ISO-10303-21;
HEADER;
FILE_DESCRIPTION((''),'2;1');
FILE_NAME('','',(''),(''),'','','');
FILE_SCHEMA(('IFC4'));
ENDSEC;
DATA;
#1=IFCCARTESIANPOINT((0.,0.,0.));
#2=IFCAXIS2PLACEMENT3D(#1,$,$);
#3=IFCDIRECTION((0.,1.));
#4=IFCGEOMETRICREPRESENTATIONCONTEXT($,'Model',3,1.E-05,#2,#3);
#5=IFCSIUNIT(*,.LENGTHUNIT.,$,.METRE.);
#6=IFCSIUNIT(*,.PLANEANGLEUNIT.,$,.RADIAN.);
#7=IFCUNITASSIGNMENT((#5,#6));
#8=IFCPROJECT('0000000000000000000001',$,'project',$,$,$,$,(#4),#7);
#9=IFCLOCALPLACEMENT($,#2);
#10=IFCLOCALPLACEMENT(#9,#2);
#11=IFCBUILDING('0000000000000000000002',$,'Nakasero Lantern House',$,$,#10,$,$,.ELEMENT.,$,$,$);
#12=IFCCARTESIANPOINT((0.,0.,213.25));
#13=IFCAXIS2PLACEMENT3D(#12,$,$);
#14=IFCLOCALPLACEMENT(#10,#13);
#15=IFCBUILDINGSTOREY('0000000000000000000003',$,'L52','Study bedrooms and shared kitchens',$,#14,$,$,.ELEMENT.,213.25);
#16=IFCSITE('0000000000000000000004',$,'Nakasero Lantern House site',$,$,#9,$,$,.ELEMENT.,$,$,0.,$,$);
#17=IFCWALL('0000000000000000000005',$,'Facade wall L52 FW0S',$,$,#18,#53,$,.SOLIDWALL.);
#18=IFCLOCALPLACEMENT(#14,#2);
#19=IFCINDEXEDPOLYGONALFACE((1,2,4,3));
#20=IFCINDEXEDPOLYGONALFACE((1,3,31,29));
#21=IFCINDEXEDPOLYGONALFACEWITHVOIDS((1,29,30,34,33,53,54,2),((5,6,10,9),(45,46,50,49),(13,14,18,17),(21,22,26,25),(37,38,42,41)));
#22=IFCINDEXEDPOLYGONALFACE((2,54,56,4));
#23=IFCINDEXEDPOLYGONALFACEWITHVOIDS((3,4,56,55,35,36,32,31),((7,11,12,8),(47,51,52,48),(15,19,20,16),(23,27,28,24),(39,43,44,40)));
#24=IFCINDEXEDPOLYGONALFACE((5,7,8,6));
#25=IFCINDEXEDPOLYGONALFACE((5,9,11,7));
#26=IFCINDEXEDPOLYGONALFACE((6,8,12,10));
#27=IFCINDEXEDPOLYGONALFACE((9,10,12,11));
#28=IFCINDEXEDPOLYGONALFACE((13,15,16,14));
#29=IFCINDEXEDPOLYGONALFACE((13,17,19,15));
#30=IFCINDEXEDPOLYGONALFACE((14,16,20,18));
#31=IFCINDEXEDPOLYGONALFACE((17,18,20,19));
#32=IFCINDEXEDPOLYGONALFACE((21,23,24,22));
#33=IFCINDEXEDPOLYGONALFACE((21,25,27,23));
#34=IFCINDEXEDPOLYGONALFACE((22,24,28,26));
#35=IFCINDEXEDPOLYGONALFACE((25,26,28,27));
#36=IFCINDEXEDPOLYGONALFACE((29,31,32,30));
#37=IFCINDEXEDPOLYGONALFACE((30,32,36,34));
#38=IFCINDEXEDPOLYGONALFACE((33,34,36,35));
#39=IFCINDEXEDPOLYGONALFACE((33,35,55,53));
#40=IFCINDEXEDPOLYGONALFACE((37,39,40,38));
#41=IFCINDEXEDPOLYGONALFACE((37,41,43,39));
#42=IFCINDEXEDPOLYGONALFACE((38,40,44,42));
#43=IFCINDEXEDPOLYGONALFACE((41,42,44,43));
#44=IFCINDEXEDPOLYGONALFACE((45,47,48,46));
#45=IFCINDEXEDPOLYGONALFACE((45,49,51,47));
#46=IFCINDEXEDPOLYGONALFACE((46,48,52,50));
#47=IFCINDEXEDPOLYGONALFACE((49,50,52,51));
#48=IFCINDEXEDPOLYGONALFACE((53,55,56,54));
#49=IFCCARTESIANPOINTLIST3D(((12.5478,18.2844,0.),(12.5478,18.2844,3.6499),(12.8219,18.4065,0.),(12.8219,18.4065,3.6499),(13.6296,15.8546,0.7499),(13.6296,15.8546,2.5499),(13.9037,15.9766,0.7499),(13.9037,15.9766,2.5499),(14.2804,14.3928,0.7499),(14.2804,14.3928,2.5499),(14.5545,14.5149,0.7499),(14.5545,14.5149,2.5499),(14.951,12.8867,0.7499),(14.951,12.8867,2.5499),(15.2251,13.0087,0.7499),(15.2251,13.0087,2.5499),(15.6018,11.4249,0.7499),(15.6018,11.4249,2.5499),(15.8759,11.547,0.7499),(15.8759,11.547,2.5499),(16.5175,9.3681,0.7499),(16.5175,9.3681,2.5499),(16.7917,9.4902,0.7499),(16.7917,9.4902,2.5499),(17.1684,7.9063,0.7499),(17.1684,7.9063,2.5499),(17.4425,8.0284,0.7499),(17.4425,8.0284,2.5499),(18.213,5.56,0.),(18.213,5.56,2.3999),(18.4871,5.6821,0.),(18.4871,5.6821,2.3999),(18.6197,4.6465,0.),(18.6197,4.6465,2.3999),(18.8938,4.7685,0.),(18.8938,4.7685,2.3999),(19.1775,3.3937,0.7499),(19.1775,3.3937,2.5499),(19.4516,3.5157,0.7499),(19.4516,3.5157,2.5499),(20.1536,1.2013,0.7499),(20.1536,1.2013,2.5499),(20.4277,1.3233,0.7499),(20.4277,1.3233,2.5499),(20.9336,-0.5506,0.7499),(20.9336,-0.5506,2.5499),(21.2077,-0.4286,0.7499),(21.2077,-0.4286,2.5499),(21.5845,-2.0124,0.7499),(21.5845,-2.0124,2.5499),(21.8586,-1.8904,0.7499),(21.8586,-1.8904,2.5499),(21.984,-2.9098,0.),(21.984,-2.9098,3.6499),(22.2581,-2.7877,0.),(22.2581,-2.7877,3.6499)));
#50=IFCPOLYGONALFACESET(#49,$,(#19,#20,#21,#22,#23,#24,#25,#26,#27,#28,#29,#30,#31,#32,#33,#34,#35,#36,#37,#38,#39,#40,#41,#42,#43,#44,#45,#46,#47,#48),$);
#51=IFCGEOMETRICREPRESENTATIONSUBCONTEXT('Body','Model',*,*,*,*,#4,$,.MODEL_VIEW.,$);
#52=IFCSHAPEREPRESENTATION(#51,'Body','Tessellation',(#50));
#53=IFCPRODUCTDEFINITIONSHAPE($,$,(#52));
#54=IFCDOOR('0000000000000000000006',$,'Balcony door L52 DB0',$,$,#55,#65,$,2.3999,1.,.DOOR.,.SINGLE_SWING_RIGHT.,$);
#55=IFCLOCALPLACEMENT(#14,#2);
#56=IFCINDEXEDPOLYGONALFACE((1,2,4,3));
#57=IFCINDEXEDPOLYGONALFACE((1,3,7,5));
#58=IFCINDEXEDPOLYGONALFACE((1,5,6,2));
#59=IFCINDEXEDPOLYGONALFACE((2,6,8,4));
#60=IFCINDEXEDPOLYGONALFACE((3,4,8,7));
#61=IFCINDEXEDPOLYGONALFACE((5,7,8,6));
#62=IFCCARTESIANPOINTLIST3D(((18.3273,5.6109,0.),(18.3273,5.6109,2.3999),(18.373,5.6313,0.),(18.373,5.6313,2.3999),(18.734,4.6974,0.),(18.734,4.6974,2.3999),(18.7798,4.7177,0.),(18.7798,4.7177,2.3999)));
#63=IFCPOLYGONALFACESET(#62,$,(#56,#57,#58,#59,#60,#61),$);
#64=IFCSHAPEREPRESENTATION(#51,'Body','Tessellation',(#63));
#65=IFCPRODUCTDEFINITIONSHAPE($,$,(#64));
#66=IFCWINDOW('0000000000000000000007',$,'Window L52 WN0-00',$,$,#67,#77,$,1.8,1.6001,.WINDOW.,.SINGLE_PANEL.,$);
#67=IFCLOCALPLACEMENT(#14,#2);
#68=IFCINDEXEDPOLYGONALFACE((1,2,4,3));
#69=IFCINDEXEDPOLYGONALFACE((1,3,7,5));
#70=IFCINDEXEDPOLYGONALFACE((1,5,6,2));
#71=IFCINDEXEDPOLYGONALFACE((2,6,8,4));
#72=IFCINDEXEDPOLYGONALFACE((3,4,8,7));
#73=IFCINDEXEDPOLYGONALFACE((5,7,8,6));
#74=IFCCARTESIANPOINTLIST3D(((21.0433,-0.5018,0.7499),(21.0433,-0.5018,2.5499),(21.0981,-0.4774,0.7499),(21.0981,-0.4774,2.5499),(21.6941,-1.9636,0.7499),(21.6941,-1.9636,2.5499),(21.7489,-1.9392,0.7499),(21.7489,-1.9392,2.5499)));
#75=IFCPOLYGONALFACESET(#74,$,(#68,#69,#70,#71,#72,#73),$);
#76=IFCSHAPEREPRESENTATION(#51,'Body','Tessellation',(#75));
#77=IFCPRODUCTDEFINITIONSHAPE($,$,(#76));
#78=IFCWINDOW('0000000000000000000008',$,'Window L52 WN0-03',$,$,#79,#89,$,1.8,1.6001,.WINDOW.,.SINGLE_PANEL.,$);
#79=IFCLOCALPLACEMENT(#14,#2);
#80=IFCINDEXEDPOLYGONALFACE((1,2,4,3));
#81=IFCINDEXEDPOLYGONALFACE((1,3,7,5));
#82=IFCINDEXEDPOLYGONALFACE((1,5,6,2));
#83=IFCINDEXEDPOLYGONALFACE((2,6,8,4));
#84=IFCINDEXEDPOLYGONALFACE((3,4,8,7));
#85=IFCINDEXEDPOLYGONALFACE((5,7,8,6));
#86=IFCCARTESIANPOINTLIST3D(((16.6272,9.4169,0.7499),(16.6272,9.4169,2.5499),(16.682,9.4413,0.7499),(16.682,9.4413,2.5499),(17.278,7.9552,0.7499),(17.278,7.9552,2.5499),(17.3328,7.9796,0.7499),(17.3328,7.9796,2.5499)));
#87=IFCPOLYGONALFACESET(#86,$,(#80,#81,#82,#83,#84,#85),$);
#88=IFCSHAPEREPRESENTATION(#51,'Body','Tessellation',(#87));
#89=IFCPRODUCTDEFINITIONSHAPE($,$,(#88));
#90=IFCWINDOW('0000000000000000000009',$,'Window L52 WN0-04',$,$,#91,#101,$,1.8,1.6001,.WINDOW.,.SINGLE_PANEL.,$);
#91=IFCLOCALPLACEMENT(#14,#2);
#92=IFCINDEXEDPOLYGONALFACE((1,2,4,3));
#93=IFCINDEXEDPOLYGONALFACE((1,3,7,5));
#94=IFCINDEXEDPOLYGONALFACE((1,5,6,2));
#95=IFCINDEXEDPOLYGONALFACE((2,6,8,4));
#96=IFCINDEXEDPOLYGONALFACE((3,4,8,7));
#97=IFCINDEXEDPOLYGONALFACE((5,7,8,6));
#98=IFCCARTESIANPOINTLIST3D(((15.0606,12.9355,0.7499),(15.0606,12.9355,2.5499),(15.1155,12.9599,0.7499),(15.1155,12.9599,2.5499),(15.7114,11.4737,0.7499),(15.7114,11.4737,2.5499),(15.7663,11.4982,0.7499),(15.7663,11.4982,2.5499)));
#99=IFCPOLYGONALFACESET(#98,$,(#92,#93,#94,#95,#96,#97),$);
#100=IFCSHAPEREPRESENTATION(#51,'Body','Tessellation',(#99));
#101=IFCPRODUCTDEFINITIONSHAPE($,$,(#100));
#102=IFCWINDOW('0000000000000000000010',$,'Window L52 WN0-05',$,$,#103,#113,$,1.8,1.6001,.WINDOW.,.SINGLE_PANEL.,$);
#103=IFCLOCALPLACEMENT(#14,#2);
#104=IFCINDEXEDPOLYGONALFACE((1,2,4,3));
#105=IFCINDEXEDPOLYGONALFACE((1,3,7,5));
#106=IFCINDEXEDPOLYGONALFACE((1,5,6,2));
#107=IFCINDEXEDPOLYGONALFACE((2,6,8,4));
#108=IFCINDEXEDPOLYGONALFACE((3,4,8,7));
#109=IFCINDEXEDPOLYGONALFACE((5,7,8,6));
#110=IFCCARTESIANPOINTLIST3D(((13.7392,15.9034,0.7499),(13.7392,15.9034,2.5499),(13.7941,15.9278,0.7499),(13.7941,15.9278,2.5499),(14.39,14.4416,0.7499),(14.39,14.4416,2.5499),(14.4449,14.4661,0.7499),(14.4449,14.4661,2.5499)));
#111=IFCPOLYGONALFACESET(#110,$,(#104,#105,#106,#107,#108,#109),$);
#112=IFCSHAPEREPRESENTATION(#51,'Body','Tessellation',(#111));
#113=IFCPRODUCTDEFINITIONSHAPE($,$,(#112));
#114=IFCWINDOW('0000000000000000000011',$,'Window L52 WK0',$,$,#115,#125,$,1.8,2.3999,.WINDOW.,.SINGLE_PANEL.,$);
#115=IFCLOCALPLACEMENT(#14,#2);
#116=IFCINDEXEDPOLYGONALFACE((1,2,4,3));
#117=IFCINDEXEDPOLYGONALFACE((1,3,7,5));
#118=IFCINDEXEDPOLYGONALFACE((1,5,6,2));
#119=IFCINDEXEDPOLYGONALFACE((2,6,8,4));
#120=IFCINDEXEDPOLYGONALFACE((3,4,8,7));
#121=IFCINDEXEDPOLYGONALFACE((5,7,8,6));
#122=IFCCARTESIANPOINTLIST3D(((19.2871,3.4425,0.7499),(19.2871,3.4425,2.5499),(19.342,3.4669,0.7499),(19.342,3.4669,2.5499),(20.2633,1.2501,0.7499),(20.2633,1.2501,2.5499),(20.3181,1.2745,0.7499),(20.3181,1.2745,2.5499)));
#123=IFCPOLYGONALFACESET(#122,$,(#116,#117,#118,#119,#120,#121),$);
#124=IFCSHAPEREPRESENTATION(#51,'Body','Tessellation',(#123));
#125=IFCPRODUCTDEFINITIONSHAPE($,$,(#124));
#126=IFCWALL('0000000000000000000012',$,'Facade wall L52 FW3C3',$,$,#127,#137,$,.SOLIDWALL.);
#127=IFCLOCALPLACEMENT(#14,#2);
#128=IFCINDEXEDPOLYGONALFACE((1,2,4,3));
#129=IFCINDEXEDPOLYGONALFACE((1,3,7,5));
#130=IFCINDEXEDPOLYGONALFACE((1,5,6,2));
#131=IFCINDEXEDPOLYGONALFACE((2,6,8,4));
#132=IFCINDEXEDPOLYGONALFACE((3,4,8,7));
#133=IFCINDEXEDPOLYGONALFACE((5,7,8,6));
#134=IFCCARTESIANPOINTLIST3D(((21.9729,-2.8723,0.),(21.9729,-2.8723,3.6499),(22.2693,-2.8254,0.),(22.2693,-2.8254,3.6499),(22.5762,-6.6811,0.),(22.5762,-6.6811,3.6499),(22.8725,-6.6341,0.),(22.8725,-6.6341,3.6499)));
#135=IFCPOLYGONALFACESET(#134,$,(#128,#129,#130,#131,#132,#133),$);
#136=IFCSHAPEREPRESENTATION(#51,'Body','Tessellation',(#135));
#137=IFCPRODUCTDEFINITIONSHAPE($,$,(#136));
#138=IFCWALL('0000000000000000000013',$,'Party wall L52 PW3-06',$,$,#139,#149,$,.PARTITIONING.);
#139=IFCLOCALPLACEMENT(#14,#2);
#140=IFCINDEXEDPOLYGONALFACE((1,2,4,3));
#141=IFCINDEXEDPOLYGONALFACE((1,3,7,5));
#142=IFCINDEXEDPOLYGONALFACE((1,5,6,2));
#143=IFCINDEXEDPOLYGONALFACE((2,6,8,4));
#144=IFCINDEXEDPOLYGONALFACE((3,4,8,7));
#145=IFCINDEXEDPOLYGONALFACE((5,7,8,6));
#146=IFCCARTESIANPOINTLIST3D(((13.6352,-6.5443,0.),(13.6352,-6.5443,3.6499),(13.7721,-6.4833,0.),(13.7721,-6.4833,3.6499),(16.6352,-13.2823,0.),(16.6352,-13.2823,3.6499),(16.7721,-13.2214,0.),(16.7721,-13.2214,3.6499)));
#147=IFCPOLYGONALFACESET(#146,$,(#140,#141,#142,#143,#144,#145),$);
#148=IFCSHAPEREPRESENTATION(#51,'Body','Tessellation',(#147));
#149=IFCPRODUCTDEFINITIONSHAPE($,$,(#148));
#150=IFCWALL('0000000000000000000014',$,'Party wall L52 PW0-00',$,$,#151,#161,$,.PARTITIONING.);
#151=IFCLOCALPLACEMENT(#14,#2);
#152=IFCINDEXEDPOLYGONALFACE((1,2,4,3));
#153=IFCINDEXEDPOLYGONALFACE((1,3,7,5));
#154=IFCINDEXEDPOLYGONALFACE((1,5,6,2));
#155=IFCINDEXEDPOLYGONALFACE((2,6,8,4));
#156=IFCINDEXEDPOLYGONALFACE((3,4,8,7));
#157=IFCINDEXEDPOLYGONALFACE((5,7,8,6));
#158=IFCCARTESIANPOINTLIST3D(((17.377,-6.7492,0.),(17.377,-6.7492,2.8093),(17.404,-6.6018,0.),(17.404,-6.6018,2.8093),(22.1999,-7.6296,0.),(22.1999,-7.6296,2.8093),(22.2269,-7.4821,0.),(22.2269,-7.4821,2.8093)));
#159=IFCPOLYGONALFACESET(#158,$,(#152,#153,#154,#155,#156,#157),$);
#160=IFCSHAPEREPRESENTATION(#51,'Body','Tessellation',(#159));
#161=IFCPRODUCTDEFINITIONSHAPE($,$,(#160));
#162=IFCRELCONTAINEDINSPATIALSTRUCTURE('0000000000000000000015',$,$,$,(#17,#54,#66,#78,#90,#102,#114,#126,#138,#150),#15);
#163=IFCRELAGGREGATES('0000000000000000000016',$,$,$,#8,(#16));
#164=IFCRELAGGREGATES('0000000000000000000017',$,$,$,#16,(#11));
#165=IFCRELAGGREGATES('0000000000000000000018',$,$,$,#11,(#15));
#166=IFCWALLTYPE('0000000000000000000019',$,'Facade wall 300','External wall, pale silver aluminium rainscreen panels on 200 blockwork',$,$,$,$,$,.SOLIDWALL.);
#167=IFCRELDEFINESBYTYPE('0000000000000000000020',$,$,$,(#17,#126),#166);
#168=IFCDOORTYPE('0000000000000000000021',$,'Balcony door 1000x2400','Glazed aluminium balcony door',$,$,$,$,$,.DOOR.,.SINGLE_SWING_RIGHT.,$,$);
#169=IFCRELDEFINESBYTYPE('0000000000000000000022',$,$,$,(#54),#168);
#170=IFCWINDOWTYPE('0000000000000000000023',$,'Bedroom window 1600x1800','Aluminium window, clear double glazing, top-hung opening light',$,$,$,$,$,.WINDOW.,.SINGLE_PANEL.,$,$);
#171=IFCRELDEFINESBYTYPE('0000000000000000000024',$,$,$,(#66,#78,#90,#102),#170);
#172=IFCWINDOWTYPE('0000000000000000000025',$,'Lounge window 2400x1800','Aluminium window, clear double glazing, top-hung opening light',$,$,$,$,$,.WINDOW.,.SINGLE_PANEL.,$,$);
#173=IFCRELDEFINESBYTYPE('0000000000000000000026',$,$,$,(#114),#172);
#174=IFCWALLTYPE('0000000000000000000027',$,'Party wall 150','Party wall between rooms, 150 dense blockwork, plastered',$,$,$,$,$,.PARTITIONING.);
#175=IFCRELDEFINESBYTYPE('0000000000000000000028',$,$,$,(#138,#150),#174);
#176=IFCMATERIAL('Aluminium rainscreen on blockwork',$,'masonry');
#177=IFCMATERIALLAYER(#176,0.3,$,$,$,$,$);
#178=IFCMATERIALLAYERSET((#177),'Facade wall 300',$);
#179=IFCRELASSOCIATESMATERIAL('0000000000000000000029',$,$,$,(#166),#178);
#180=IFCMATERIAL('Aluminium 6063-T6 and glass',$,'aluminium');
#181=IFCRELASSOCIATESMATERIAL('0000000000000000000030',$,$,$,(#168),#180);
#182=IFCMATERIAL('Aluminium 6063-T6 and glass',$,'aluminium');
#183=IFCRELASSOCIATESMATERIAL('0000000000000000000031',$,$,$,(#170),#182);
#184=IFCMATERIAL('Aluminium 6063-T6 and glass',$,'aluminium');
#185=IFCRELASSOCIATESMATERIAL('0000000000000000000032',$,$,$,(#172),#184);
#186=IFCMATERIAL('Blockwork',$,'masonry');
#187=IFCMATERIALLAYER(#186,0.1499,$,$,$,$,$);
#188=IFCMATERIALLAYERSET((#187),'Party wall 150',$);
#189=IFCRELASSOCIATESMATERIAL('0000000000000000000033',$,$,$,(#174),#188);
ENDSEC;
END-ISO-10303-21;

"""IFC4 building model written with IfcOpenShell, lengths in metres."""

from ifc_helpers import new_model, si_unit, direction, frame, frame_2d, origin, place, context, subcontext, project, spatial, rectangle, extrude, material, layer, layer_set, type_object, element, fill, save


model = new_model("IFC4")

# Units and contexts
model_context = context("Model", 3, precision=1e-05, world=origin(), true_north=direction((0.0, 1.0)))
body_context = subcontext(model_context, "Body", "Model", "MODEL_VIEW")
ifc_project = project(units=[si_unit("LENGTHUNIT", "METRE"), si_unit("PLANEANGLEUNIT", "RADIAN")], contexts=[model_context])

# Site, building, storey
site_placement = place(None, origin())
site = spatial("IfcSite", under=ifc_project, at=site_placement, Name="Nakasero Lantern House site", CompositionType="ELEMENT", RefElevation=0.0)
building_placement = place(site_placement, origin())
building = spatial("IfcBuilding", under=site, at=building_placement, Name="Nakasero Lantern House", CompositionType="ELEMENT")
storey_placement = place(building_placement, frame((0.0, 0.0, 213.25)))
storey = spatial("IfcBuildingStorey", under=building, at=storey_placement, Name="L52", Description="Study bedrooms and shared kitchens", CompositionType="ELEMENT", Elevation=213.25)

# Wall, openings, door, windows
ifc_material_1 = material(Name="Aluminium rainscreen on blockwork", Category="masonry")
ifc_layer_1 = layer(ifc_material_1, 0.3)
ifc_layer_set_1 = layer_set([ifc_layer_1], Name="Facade wall 300")
wall_type_1 = type_object("IfcWallType", Name="Facade wall 300", Description="External wall, pale silver aluminium rainscreen panels on 200 blockwork", PredefinedType="SOLIDWALL", material=ifc_layer_set_1)
wall_1_placement = place(storey_placement, frame((22.1211, -2.8489, 0.0), z_axis=(0.0, 0.0, 1.0), x_axis=(-0.406735, 0.913546, 0.0)))
wall_1 = element("IfcWall", 1, at=wall_1_placement, inside=storey, type_object=wall_type_1, Name="Facade wall L52 FW0S", PredefinedType="SOLIDWALL", context=body_context, shape_type="SweptSolid", body=[
    extrude(rectangle(XDim=23.2, YDim=0.3, at=frame_2d((11.6001, 0.0))), origin(), (0.0, 0.0, 1.0), 3.6499),
])
opening_1_placement = place(wall_1_placement, frame((0.9824, 0.0, 0.75)))
opening_1 = element("IfcOpeningElement", 2, at=opening_1_placement, cuts=wall_1, PredefinedType="OPENING", context=body_context, shape_type="SweptSolid", body=[
    extrude(rectangle(XDim=1.6001, YDim=1.8, at=frame_2d((0.8, 0.8999))), frame((0.0, 0.1699, 0.0), z_axis=(0.0, -1.0, 0.0), x_axis=(1.0, 0.0, 0.0)), (0.0, 0.0, 1.0), 0.3401),
])
opening_2_placement = place(wall_1_placement, frame((11.8398, 0.0, 0.75)))
opening_2 = element("IfcOpeningElement", 3, at=opening_2_placement, cuts=wall_1, PredefinedType="OPENING", context=body_context, shape_type="SweptSolid", body=[
    extrude(rectangle(XDim=1.6001, YDim=1.8, at=frame_2d((0.8, 0.8999))), frame((0.0, 0.1699, 0.0), z_axis=(0.0, -1.0, 0.0), x_axis=(1.0, 0.0, 0.0)), (0.0, 0.0, 1.0), 0.3401),
])
opening_3_placement = place(wall_1_placement, frame((15.6914, 0.0, 0.75)))
opening_3 = element("IfcOpeningElement", 4, at=opening_3_placement, cuts=wall_1, PredefinedType="OPENING", context=body_context, shape_type="SweptSolid", body=[
    extrude(rectangle(XDim=1.6001, YDim=1.8, at=frame_2d((0.8, 0.8999))), frame((0.0, 0.1699, 0.0), z_axis=(0.0, -1.0, 0.0), x_axis=(1.0, 0.0, 0.0)), (0.0, 0.0, 1.0), 0.3401),
])
opening_4_placement = place(wall_1_placement, frame((18.9402, 0.0, 0.75)))
opening_4 = element("IfcOpeningElement", 5, at=opening_4_placement, cuts=wall_1, PredefinedType="OPENING", context=body_context, shape_type="SweptSolid", body=[
    extrude(rectangle(XDim=1.6001, YDim=1.8, at=frame_2d((0.8, 0.8999))), frame((0.0, 0.1699, 0.0), z_axis=(0.0, -1.0, 0.0), x_axis=(1.0, 0.0, 0.0)), (0.0, 0.0, 1.0), 0.3401),
])
opening_5_placement = place(wall_1_placement, frame((4.5002, 0.0, 0.75)))
opening_5 = element("IfcOpeningElement", 6, at=opening_5_placement, cuts=wall_1, PredefinedType="OPENING", context=body_context, shape_type="SweptSolid", body=[
    extrude(rectangle(XDim=2.3999, YDim=1.8, at=frame_2d((1.2, 0.8999))), frame((0.0, 0.1699, 0.0), z_axis=(0.0, -1.0, 0.0), x_axis=(1.0, 0.0, 0.0)), (0.0, 0.0, 1.0), 0.3401),
])
opening_6_placement = place(wall_1_placement, frame((8.2715, 0.0, 0.0)))
opening_6 = element("IfcOpeningElement", 7, at=opening_6_placement, cuts=wall_1, PredefinedType="OPENING", context=body_context, shape_type="SweptSolid", body=[
    extrude(rectangle(XDim=1.0, YDim=2.3999, at=frame_2d((0.5, 1.2))), frame((0.0, 0.1699, 0.0), z_axis=(0.0, -1.0, 0.0), x_axis=(1.0, 0.0, 0.0)), (0.0, 0.0, 1.0), 0.3401),
])
ifc_material_2 = material(Name="Aluminium 6063-T6 and glass", Category="aluminium")
door_type_1 = type_object("IfcDoorType", Name="Balcony door 1000x2400", Description="Glazed aluminium balcony door", OperationType="SINGLE_SWING_RIGHT", PredefinedType="DOOR", material=ifc_material_2)
door_1_placement = place(opening_6_placement, origin())
door_1 = element("IfcDoor", 8, at=door_1_placement, inside=storey, type_object=door_type_1, Name="Balcony door L52 DB0", OperationType="SINGLE_SWING_RIGHT", OverallHeight=2.3999, OverallWidth=1.0, PredefinedType="DOOR", context=body_context, shape_type="SweptSolid", body=[
    extrude(rectangle(XDim=1.0, YDim=2.3999, at=frame_2d((0.5, 1.2))), frame((0.0, 0.0249, 0.0), z_axis=(0.0, -1.0, 0.0), x_axis=(1.0, 0.0, 0.0)), (0.0, 0.0, 1.0), 0.05),
])
fill(opening_6, door_1)
ifc_material_3 = material(Name="Aluminium 6063-T6 and glass", Category="aluminium")
window_type_1 = type_object("IfcWindowType", Name="Bedroom window 1600x1800", Description="Aluminium window, clear double glazing, top-hung opening light", PartitioningType="SINGLE_PANEL", PredefinedType="WINDOW", material=ifc_material_3)
window_1_placement = place(opening_1_placement, origin())
window_1 = element("IfcWindow", 9, at=window_1_placement, inside=storey, type_object=window_type_1, Name="Window L52 WN0-00", OverallHeight=1.8, OverallWidth=1.6001, PartitioningType="SINGLE_PANEL", PredefinedType="WINDOW", context=body_context, shape_type="SweptSolid", body=[
    extrude(rectangle(XDim=1.6001, YDim=1.8, at=frame_2d((0.8, 0.8999))), frame((0.0, 0.03, 0.0), z_axis=(0.0, -1.0, 0.0), x_axis=(1.0, 0.0, 0.0)), (0.0, 0.0, 1.0), 0.0601),
])
fill(opening_1, window_1)
window_2_placement = place(opening_2_placement, origin())
window_2 = element("IfcWindow", 10, at=window_2_placement, inside=storey, type_object=window_type_1, Name="Window L52 WN0-03", OverallHeight=1.8, OverallWidth=1.6001, PartitioningType="SINGLE_PANEL", PredefinedType="WINDOW", context=body_context, shape_type="SweptSolid", body=[
    extrude(rectangle(XDim=1.6001, YDim=1.8, at=frame_2d((0.8, 0.8999))), frame((0.0, 0.03, 0.0), z_axis=(0.0, -1.0, 0.0), x_axis=(1.0, 0.0, 0.0)), (0.0, 0.0, 1.0), 0.0601),
])
fill(opening_2, window_2)
window_3_placement = place(opening_3_placement, origin())
window_3 = element("IfcWindow", 11, at=window_3_placement, inside=storey, type_object=window_type_1, Name="Window L52 WN0-04", OverallHeight=1.8, OverallWidth=1.6001, PartitioningType="SINGLE_PANEL", PredefinedType="WINDOW", context=body_context, shape_type="SweptSolid", body=[
    extrude(rectangle(XDim=1.6001, YDim=1.8, at=frame_2d((0.8, 0.8999))), frame((0.0, 0.03, 0.0), z_axis=(0.0, -1.0, 0.0), x_axis=(1.0, 0.0, 0.0)), (0.0, 0.0, 1.0), 0.0601),
])
fill(opening_3, window_3)
window_4_placement = place(opening_4_placement, origin())
window_4 = element("IfcWindow", 12, at=window_4_placement, inside=storey, type_object=window_type_1, Name="Window L52 WN0-05", OverallHeight=1.8, OverallWidth=1.6001, PartitioningType="SINGLE_PANEL", PredefinedType="WINDOW", context=body_context, shape_type="SweptSolid", body=[
    extrude(rectangle(XDim=1.6001, YDim=1.8, at=frame_2d((0.8, 0.8999))), frame((0.0, 0.03, 0.0), z_axis=(0.0, -1.0, 0.0), x_axis=(1.0, 0.0, 0.0)), (0.0, 0.0, 1.0), 0.0601),
])
fill(opening_4, window_4)
ifc_material_4 = material(Name="Aluminium 6063-T6 and glass", Category="aluminium")
window_type_2 = type_object("IfcWindowType", Name="Lounge window 2400x1800", Description="Aluminium window, clear double glazing, top-hung opening light", PartitioningType="SINGLE_PANEL", PredefinedType="WINDOW", material=ifc_material_4)
window_5_placement = place(opening_5_placement, origin())
window_5 = element("IfcWindow", 13, at=window_5_placement, inside=storey, type_object=window_type_2, Name="Window L52 WK0", OverallHeight=1.8, OverallWidth=2.3999, PartitioningType="SINGLE_PANEL", PredefinedType="WINDOW", context=body_context, shape_type="SweptSolid", body=[
    extrude(rectangle(XDim=2.3999, YDim=1.8, at=frame_2d((1.2, 0.8999))), frame((0.0, 0.03, 0.0), z_axis=(0.0, -1.0, 0.0), x_axis=(1.0, 0.0, 0.0)), (0.0, 0.0, 1.0), 0.0601),
])
fill(opening_5, window_5)

# Walls
wall_2_placement = place(storey_placement, frame((22.7244, -6.6577, 0.0), z_axis=(0.0, 0.0, 1.0), x_axis=(-0.156437, 0.987688, 0.0)))
element("IfcWall", 14, at=wall_2_placement, inside=storey, type_object=wall_type_1, Name="Facade wall L52 FW3C3", PredefinedType="SOLIDWALL", context=body_context, shape_type="SweptSolid", body=[
    extrude(rectangle(XDim=3.8562, YDim=0.3, at=frame_2d((1.9282, 0.0))), origin(), (0.0, 0.0, 1.0), 3.6499),
])
ifc_material_5 = material(Name="Blockwork", Category="masonry")
ifc_layer_2 = layer(ifc_material_5, 0.1499)
ifc_layer_set_2 = layer_set([ifc_layer_2], Name="Party wall 150")
wall_type_2 = type_object("IfcWallType", Name="Party wall 150", Description="Party wall between rooms, 150 dense blockwork, plastered", PredefinedType="PARTITIONING", material=ifc_layer_set_2)
wall_3_placement = place(storey_placement, frame((13.7036, -6.5137, 0.0), z_axis=(0.0, 0.0, 1.0), x_axis=(0.40674, -0.913544, 0.0)))
element("IfcWall", 15, at=wall_3_placement, inside=storey, type_object=wall_type_2, Name="Party wall L52 PW3-06", PredefinedType="PARTITIONING", context=body_context, shape_type="SweptSolid", body=[
    extrude(rectangle(XDim=7.3757, YDim=0.1499, at=frame_2d((3.688, 0.0))), origin(), (0.0, 0.0, 1.0), 3.6499),
])
wall_4_placement = place(storey_placement, frame((17.3906, -6.6755, 0.0), z_axis=(0.0, 0.0, 1.0), x_axis=(0.983745, -0.179569, 0.0)))
element("IfcWall", 16, at=wall_4_placement, inside=storey, type_object=wall_type_2, Name="Party wall L52 PW0-00", PredefinedType="PARTITIONING", context=body_context, shape_type="SweptSolid", body=[
    extrude(rectangle(XDim=4.9026, YDim=0.1499, at=frame_2d((2.4512, 0.0))), origin(), (0.0, 0.0, 1.0), 2.8093),
])

save(model, "model.ifc")
